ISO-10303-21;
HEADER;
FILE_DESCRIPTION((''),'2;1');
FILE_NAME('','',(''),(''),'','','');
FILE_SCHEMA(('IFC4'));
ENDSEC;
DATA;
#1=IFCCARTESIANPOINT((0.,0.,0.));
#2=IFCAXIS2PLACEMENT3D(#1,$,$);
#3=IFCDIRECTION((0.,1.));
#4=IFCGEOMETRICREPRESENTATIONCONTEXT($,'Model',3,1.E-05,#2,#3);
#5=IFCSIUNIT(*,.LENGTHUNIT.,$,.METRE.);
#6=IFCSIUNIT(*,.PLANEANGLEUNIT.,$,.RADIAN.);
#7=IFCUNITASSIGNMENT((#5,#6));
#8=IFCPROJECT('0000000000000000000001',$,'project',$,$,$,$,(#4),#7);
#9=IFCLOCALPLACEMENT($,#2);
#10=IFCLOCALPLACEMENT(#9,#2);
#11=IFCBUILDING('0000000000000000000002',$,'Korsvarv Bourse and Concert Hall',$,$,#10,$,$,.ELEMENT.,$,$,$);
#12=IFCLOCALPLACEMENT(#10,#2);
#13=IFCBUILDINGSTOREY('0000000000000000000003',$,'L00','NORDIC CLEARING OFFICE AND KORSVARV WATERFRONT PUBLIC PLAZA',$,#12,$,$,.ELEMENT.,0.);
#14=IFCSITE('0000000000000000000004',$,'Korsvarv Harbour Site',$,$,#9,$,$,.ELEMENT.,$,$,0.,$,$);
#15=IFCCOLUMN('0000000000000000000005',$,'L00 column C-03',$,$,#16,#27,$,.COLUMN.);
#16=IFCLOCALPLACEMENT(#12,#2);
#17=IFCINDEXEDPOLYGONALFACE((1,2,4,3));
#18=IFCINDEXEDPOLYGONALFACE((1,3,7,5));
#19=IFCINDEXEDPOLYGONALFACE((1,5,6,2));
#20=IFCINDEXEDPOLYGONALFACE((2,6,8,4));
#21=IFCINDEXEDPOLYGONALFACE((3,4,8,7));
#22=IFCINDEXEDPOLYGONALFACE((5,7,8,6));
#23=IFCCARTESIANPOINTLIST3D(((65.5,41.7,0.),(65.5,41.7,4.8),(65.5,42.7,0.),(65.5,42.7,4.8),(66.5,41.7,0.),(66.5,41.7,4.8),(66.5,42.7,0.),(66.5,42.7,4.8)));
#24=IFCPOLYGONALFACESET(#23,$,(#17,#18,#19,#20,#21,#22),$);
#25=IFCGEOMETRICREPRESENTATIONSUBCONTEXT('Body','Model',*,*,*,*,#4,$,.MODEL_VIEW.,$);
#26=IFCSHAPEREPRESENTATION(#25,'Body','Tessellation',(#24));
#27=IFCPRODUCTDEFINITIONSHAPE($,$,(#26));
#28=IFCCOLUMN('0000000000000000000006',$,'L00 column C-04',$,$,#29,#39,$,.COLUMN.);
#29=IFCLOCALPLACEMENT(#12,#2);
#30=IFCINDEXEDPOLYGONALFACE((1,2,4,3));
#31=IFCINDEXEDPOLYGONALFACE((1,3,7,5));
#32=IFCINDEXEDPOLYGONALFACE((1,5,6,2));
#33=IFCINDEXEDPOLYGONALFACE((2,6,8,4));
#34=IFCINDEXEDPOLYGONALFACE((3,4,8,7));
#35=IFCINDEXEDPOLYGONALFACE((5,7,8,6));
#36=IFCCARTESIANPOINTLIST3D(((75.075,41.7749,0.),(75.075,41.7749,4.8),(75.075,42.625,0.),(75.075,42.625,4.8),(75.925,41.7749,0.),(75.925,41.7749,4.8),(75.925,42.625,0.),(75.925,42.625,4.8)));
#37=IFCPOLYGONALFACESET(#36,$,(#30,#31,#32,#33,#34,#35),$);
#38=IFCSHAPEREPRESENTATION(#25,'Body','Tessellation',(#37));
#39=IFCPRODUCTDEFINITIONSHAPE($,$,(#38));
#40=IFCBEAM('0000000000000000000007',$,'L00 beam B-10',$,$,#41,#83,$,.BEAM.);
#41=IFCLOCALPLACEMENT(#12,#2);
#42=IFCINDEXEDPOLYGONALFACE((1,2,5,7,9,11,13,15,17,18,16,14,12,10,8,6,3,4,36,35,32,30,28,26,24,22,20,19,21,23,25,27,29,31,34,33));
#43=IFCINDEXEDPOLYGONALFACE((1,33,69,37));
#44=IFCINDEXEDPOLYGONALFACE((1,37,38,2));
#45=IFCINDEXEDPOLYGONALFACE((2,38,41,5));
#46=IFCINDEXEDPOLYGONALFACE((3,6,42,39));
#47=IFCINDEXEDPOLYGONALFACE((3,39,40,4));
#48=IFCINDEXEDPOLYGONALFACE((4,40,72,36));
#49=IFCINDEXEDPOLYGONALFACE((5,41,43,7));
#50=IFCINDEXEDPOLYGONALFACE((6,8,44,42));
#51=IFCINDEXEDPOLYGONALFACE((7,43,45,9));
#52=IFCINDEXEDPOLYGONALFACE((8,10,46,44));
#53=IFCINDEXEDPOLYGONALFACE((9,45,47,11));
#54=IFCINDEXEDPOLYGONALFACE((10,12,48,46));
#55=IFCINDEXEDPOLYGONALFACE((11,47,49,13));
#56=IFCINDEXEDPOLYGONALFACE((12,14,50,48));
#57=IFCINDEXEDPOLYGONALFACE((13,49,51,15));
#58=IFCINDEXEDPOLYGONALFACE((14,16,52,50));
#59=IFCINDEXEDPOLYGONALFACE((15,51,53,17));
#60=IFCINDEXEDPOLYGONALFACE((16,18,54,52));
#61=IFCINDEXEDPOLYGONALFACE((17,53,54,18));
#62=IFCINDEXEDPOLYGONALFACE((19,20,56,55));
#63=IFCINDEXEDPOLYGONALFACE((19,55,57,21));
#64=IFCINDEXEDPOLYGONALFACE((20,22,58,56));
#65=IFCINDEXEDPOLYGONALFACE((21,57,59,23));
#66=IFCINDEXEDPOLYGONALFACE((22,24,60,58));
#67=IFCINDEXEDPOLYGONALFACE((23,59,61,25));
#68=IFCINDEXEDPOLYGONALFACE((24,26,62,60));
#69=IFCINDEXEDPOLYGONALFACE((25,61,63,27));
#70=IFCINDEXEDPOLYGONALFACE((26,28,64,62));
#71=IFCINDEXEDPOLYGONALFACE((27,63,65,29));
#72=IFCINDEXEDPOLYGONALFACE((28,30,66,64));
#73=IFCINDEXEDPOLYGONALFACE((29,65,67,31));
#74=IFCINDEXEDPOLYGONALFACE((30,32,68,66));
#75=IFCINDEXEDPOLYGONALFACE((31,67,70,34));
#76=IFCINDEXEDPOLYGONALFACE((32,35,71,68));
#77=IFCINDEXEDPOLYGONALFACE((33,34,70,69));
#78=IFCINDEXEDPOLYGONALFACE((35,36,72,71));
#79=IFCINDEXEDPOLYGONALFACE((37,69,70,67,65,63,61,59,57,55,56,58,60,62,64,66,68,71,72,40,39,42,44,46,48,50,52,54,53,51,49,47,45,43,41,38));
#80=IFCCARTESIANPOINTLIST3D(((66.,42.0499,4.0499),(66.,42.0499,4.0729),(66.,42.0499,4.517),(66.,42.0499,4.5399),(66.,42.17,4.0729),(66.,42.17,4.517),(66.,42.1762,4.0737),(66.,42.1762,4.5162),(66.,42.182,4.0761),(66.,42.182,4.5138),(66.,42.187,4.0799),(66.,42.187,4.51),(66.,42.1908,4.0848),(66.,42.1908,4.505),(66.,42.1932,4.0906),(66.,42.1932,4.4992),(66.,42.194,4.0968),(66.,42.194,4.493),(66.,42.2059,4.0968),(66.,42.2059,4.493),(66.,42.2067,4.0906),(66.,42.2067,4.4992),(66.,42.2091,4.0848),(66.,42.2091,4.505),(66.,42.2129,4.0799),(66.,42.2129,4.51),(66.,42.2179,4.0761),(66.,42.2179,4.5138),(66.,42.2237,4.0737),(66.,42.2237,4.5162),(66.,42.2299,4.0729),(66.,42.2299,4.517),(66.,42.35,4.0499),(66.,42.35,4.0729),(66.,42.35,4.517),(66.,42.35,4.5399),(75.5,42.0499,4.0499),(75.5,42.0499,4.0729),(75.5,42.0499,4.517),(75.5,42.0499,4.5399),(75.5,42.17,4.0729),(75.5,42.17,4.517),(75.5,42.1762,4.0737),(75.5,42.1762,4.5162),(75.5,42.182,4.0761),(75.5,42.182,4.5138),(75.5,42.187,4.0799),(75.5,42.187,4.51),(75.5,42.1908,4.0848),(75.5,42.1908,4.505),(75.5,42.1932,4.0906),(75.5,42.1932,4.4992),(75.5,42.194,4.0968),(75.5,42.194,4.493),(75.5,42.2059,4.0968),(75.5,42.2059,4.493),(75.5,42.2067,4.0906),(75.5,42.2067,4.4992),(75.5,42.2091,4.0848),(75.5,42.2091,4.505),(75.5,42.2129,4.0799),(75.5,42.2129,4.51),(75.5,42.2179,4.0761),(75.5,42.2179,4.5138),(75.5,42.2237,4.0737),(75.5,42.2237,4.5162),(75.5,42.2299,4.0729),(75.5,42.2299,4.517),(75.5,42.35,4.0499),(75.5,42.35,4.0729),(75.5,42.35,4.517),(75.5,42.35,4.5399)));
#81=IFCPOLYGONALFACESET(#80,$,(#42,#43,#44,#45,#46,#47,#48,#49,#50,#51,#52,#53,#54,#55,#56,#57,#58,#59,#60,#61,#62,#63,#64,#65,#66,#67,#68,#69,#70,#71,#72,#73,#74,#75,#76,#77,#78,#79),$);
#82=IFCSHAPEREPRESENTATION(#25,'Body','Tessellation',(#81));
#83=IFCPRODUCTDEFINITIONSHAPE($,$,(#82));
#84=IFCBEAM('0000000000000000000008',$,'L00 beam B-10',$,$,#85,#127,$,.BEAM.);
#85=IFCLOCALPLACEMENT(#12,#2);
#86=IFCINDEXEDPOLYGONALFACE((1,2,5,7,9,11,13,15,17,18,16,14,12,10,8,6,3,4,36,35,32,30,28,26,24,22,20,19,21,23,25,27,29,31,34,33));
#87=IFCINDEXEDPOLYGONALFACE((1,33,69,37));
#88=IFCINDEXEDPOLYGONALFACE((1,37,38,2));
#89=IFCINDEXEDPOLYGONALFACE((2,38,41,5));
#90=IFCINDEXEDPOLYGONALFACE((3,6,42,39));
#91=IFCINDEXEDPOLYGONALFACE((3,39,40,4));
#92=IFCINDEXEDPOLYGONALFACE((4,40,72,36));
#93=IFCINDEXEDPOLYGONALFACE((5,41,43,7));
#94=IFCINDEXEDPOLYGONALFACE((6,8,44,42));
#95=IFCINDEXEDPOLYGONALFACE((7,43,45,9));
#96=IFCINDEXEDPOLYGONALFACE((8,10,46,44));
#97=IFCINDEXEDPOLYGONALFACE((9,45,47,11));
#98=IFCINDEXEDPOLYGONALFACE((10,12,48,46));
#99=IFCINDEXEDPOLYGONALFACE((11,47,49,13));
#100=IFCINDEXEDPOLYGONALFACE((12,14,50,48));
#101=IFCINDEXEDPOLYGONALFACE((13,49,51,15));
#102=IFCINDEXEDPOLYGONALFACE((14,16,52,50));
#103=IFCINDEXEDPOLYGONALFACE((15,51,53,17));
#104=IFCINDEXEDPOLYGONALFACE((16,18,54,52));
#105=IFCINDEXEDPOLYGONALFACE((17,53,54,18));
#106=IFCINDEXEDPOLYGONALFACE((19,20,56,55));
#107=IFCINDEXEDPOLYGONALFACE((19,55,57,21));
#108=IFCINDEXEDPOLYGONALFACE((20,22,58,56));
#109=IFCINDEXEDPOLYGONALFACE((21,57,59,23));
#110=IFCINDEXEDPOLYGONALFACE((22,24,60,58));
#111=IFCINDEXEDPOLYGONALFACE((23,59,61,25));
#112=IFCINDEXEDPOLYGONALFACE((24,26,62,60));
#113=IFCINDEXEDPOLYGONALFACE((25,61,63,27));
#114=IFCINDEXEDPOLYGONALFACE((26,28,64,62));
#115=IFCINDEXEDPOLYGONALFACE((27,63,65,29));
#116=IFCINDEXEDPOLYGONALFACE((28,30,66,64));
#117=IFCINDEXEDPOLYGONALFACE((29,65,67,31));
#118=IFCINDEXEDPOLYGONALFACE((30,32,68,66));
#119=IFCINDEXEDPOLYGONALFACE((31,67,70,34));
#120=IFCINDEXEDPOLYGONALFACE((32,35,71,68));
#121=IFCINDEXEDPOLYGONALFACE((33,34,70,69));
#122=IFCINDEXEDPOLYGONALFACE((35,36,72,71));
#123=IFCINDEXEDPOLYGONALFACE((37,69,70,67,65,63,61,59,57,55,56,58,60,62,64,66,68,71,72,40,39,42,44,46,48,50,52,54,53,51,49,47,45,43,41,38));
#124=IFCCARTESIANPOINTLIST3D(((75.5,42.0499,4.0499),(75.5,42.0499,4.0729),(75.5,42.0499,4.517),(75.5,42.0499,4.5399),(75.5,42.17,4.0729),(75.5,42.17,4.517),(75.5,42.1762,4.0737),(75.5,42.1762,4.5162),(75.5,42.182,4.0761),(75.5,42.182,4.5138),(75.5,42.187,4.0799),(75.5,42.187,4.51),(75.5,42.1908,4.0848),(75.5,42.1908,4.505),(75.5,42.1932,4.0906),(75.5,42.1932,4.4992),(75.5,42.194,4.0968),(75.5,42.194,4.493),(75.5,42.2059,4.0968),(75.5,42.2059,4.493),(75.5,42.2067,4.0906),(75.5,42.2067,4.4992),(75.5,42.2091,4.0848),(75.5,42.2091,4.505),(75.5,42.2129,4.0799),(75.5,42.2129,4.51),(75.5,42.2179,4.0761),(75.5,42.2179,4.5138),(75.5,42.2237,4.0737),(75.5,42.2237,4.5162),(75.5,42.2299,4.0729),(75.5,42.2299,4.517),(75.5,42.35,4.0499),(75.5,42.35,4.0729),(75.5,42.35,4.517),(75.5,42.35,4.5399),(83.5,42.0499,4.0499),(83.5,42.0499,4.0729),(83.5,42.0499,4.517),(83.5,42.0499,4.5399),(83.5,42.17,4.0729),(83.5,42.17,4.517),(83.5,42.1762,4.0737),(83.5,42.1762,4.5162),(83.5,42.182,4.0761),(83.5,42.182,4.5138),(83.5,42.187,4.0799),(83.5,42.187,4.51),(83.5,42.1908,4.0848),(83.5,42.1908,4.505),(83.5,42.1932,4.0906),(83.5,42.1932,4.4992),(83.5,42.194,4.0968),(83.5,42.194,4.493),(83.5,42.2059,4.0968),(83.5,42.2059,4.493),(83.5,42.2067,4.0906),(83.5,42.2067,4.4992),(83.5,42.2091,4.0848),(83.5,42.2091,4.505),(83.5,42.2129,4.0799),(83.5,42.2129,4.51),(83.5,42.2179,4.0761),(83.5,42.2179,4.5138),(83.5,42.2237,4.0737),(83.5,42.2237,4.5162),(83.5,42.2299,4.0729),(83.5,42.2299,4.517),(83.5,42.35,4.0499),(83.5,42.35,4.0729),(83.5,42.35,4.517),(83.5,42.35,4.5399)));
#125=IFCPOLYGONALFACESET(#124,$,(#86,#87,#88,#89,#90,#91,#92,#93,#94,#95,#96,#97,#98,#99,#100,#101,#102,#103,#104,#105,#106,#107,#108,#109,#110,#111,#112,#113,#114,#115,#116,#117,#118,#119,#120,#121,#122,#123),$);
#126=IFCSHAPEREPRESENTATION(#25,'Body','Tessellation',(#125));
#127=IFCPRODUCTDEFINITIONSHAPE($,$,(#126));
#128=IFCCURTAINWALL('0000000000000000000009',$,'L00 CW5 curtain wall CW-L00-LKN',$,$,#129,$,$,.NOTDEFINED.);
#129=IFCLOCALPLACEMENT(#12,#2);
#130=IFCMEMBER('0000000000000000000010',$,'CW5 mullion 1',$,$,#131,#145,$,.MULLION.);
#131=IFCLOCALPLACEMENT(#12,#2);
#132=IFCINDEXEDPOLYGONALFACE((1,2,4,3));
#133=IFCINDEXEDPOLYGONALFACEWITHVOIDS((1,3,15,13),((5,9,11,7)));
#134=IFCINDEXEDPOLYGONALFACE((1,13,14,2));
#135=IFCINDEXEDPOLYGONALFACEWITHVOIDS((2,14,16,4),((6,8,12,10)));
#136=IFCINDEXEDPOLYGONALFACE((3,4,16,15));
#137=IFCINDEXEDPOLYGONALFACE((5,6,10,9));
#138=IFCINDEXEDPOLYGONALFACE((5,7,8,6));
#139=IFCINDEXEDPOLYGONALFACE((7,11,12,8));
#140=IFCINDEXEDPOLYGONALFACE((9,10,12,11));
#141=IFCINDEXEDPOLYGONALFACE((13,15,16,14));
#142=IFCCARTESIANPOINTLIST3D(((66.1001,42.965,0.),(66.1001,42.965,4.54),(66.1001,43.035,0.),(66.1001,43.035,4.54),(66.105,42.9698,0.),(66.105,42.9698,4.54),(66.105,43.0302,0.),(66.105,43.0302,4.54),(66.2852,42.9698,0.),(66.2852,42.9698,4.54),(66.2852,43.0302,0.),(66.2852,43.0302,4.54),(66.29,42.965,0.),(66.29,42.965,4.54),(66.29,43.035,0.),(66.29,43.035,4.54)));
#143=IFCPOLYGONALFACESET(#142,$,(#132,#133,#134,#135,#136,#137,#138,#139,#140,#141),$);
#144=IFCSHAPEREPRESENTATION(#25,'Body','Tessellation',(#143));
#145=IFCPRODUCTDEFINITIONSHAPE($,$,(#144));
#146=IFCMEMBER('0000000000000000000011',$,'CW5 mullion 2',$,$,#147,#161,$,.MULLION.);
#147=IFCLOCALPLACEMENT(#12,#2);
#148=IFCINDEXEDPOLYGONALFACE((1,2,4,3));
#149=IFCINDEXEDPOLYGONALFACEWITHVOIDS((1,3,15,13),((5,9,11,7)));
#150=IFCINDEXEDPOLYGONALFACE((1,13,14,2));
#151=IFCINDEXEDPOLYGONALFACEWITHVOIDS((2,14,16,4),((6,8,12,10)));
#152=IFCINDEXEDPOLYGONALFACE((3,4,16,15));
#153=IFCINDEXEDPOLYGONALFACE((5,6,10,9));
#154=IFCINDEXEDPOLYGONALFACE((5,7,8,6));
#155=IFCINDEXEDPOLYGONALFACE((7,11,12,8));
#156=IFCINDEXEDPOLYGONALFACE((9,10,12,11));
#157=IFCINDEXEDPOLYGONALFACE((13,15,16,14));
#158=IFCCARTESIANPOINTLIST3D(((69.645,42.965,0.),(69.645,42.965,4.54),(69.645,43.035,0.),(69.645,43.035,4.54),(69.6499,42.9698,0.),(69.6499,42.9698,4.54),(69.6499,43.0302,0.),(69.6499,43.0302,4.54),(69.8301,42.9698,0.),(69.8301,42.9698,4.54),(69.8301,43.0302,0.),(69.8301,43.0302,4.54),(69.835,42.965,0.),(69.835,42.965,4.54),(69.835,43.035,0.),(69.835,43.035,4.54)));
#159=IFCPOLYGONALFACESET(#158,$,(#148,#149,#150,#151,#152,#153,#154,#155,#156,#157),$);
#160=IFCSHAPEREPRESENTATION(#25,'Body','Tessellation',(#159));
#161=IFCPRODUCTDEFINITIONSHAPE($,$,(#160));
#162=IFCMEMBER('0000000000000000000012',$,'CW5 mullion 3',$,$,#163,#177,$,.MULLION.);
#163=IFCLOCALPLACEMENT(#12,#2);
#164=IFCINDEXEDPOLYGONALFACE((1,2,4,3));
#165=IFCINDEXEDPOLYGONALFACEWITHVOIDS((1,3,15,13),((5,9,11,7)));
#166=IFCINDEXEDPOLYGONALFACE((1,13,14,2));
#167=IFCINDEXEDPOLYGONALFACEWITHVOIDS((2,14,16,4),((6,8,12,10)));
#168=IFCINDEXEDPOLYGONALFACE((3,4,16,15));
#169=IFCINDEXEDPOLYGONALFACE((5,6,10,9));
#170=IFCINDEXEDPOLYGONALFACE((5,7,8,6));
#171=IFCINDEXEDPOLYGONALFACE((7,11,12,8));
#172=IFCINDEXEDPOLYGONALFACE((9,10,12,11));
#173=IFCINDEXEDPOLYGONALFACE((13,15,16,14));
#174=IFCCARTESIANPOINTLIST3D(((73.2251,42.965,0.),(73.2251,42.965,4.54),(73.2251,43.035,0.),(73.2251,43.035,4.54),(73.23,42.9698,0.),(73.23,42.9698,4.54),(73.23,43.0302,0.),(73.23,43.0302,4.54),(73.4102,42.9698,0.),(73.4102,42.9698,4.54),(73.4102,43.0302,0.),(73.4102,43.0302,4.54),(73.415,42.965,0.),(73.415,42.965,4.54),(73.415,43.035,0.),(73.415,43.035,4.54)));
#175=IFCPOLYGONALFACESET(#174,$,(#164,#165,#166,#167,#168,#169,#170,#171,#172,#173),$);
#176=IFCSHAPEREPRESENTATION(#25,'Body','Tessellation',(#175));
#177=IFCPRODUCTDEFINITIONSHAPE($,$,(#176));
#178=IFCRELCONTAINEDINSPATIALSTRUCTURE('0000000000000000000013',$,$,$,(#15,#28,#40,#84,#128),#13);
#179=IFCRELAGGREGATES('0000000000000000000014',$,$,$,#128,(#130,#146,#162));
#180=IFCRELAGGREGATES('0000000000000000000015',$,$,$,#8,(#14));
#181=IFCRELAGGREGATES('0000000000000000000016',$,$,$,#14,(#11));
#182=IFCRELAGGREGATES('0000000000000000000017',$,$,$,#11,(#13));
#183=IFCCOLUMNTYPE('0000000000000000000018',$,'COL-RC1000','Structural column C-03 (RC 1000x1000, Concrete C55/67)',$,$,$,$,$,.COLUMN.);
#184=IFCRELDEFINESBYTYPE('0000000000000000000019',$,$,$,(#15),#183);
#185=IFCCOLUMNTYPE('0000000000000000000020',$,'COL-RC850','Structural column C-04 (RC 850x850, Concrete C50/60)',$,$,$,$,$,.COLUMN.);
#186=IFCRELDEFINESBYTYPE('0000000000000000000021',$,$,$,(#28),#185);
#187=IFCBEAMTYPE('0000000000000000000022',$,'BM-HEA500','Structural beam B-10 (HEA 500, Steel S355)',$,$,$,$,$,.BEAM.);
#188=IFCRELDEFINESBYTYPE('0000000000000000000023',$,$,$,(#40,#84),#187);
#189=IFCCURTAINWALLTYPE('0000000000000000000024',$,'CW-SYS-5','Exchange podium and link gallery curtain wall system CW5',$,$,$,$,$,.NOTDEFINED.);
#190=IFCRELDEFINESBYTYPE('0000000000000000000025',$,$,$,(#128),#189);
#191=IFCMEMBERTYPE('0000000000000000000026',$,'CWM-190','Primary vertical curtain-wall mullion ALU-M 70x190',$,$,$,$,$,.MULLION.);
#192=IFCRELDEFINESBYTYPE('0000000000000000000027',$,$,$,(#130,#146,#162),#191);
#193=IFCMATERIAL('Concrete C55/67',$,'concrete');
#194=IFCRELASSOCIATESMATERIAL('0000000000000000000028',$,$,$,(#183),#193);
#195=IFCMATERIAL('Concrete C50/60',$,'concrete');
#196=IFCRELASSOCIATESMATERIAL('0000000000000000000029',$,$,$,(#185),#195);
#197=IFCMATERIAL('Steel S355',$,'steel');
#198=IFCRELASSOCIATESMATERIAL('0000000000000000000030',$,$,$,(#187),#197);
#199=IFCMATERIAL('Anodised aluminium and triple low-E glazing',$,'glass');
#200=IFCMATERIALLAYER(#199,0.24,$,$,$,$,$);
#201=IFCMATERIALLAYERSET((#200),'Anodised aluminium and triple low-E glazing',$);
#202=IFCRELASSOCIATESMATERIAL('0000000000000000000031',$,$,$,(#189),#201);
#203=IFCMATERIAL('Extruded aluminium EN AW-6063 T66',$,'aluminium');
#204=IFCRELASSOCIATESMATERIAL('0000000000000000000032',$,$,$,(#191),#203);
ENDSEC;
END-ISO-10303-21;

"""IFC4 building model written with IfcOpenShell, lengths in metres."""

from ifc_helpers import new_model, si_unit, direction, frame, origin, origin_2d, place, context, subcontext, project, spatial, rectangle, hollow_rectangle, i_section, extrude, source, transform, mapped, material, layer, layer_set, material_profile, profile_set, type_object, element, aggregate, save


model = new_model("IFC4")

# Units and contexts
model_context = context("Model", 3, precision=1e-05, world=origin(), true_north=direction((0.0, 1.0)))
body_context = subcontext(model_context, "Body", "Model", "MODEL_VIEW")
ifc_project = project(units=[si_unit("LENGTHUNIT", "METRE"), si_unit("PLANEANGLEUNIT", "RADIAN")], contexts=[model_context])

# Site, building, storey
site_placement = place(None, origin())
site = spatial("IfcSite", under=ifc_project, at=site_placement, Name="Korsvarv Harbour Site", CompositionType="ELEMENT", RefElevation=0.0)
building_placement = place(site_placement, origin())
building = spatial("IfcBuilding", under=site, at=building_placement, Name="Korsvarv Bourse and Concert Hall", CompositionType="ELEMENT")
storey_placement = place(building_placement, origin())
storey = spatial("IfcBuildingStorey", under=building, at=storey_placement, Name="L00", Description="NORDIC CLEARING OFFICE AND KORSVARV WATERFRONT PUBLIC PLAZA", CompositionType="ELEMENT", Elevation=0.0)

# Columns
ifc_material_1 = material(Name="Concrete C55/67", Category="concrete")
ifc_material_profile_1 = material_profile(ifc_material_1, rectangle(XDim=1.0, YDim=1.0, at=origin_2d()), Name="RC 1000x1000")
ifc_profile_set_1 = profile_set([ifc_material_profile_1], Name="Concrete C55/67")
column_type_1 = type_object("IfcColumnType", Name="COL-RC1000", Description="Structural column C-03 (RC 1000x1000, Concrete C55/67)", PredefinedType="COLUMN", material=ifc_profile_set_1)
shared_shape_1 = source(origin(), body_context, "Body", "SweptSolid", [
    extrude(rectangle(XDim=1.0, YDim=1.0, at=origin_2d()), origin(), (0.0, 0.0, 1.0), 4.8),
])
column_1_placement = place(storey_placement, frame((66.0, 42.2, 0.0), z_axis=(0.0, 0.0, 1.0), x_axis=(1.0, 0.0, 0.0)))
element("IfcColumn", 1, at=column_1_placement, inside=storey, type_object=column_type_1, Name="L00 column C-03", PredefinedType="COLUMN", context=body_context, shape_type="MappedRepresentation", body=[
    mapped(shared_shape_1, transform((0.0, 0.0, 0.0), scale=1.0)),
])
ifc_material_2 = material(Name="Concrete C50/60", Category="concrete")
ifc_material_profile_2 = material_profile(ifc_material_2, rectangle(XDim=0.8501, YDim=0.8501, at=origin_2d()), Name="RC 850x850")
ifc_profile_set_2 = profile_set([ifc_material_profile_2], Name="Concrete C50/60")
column_type_2 = type_object("IfcColumnType", Name="COL-RC850", Description="Structural column C-04 (RC 850x850, Concrete C50/60)", PredefinedType="COLUMN", material=ifc_profile_set_2)
shared_shape_2 = source(origin(), body_context, "Body", "SweptSolid", [
    extrude(rectangle(XDim=0.8501, YDim=0.8501, at=origin_2d()), origin(), (0.0, 0.0, 1.0), 4.8),
])
column_2_placement = place(storey_placement, frame((75.5, 42.2, 0.0), z_axis=(0.0, 0.0, 1.0), x_axis=(1.0, 0.0, 0.0)))
element("IfcColumn", 2, at=column_2_placement, inside=storey, type_object=column_type_2, Name="L00 column C-04", PredefinedType="COLUMN", context=body_context, shape_type="MappedRepresentation", body=[
    mapped(shared_shape_2, transform((0.0, 0.0, 0.0), scale=1.0)),
])

# Beams
ifc_material_3 = material(Name="Steel S355", Category="steel")
ifc_material_profile_3 = material_profile(ifc_material_3, i_section(OverallWidth=0.3, OverallDepth=0.49, WebThickness=0.012, FlangeThickness=0.0229, FilletRadius=0.0239, at=origin_2d()), Name="HEA 500")
ifc_profile_set_3 = profile_set([ifc_material_profile_3], Name="Steel S355")
beam_type = type_object("IfcBeamType", Name="BM-HEA500", Description="Structural beam B-10 (HEA 500, Steel S355)", PredefinedType="BEAM", material=ifc_profile_set_3)
shared_shape_3 = source(origin(), body_context, "Body", "SweptSolid", [
    extrude(i_section(OverallWidth=0.3, OverallDepth=0.49, WebThickness=0.012, FlangeThickness=0.0229, FilletRadius=0.0239, at=origin_2d()), origin(), (0.0, 0.0, 1.0), 9.5),
])
beam_1_placement = place(storey_placement, frame((66.0, 42.2, 4.2949), z_axis=(1.0, 0.0, 0.0), x_axis=(0.0, 1.0, 0.0)))
element("IfcBeam", 3, at=beam_1_placement, inside=storey, type_object=beam_type, Name="L00 beam B-10", PredefinedType="BEAM", context=body_context, shape_type="MappedRepresentation", body=[
    mapped(shared_shape_3, transform((0.0, 0.0, 0.0), scale=1.0)),
])
shared_shape_4 = source(origin(), body_context, "Body", "SweptSolid", [
    extrude(i_section(OverallWidth=0.3, OverallDepth=0.49, WebThickness=0.012, FlangeThickness=0.0229, FilletRadius=0.0239, at=origin_2d()), origin(), (0.0, 0.0, 1.0), 8.0),
])
beam_2_placement = place(storey_placement, frame((75.5, 42.2, 4.2949), z_axis=(1.0, 0.0, 0.0), x_axis=(0.0, 1.0, 0.0)))
element("IfcBeam", 4, at=beam_2_placement, inside=storey, type_object=beam_type, Name="L00 beam B-10", PredefinedType="BEAM", context=body_context, shape_type="MappedRepresentation", body=[
    mapped(shared_shape_4, transform((0.0, 0.0, 0.0), scale=1.0)),
])

# Curtain wall, members
ifc_material_4 = material(Name="Anodised aluminium and triple low-E glazing", Category="glass")
ifc_layer_1 = layer(ifc_material_4, 0.24)
ifc_layer_set_1 = layer_set([ifc_layer_1], Name="Anodised aluminium and triple low-E glazing")
curtain_wall_type = type_object("IfcCurtainWallType", Name="CW-SYS-5", Description="Exchange podium and link gallery curtain wall system CW5", PredefinedType="NOTDEFINED", material=ifc_layer_set_1)
curtain_wall_placement = place(storey_placement, origin())
curtain_wall = element("IfcCurtainWall", 5, at=curtain_wall_placement, inside=storey, type_object=curtain_wall_type, Name="L00 CW5 curtain wall CW-L00-LKN", PredefinedType="NOTDEFINED")
ifc_material_5 = material(Name="Extruded aluminium EN AW-6063 T66", Category="aluminium")
ifc_material_profile_4 = material_profile(ifc_material_5, hollow_rectangle(XDim=0.0701, YDim=0.1899, WallThickness=0.0049, at=origin_2d()), Name="ALU-M 70x190")
ifc_profile_set_4 = profile_set([ifc_material_profile_4], Name="Extruded aluminium EN AW-6063 T66")
member_type_1 = type_object("IfcMemberType", Name="CWM-190", Description="Primary vertical curtain-wall mullion ALU-M 70x190", PredefinedType="MULLION", material=ifc_profile_set_4)
shared_shape_5 = source(origin(), body_context, "Body", "SweptSolid", [
    extrude(hollow_rectangle(XDim=0.0701, YDim=0.1899, WallThickness=0.0049, at=origin_2d()), origin(), (0.0, 0.0, 1.0), 4.54),
])
member_1_placement = place(storey_placement, frame((66.1951, 43.0, 0.0), z_axis=(0.0, 0.0, 1.0), x_axis=(0.0, 1.0, 0.0)))
member_1 = element("IfcMember", 6, at=member_1_placement, type_object=member_type_1, Name="CW5 mullion 1", PredefinedType="MULLION", context=body_context, shape_type="MappedRepresentation", body=[
    mapped(shared_shape_5, transform((0.0, 0.0, 0.0), scale=1.0)),
])
member_2_placement = place(storey_placement, frame((69.74, 43.0, 0.0), z_axis=(0.0, 0.0, 1.0), x_axis=(0.0, 1.0, 0.0)))
member_2 = element("IfcMember", 7, at=member_2_placement, type_object=member_type_1, Name="CW5 mullion 2", PredefinedType="MULLION", context=body_context, shape_type="MappedRepresentation", body=[
    mapped(shared_shape_5, transform((0.0, 0.0, 0.0), scale=1.0)),
])
member_3_placement = place(storey_placement, frame((73.3201, 43.0, 0.0), z_axis=(0.0, 0.0, 1.0), x_axis=(0.0, 1.0, 0.0)))
member_3 = element("IfcMember", 8, at=member_3_placement, type_object=member_type_1, Name="CW5 mullion 3", PredefinedType="MULLION", context=body_context, shape_type="MappedRepresentation", body=[
    mapped(shared_shape_5, transform((0.0, 0.0, 0.0), scale=1.0)),
])
aggregate(curtain_wall, [member_1, member_2, member_3])

save(model, "model.ifc")
